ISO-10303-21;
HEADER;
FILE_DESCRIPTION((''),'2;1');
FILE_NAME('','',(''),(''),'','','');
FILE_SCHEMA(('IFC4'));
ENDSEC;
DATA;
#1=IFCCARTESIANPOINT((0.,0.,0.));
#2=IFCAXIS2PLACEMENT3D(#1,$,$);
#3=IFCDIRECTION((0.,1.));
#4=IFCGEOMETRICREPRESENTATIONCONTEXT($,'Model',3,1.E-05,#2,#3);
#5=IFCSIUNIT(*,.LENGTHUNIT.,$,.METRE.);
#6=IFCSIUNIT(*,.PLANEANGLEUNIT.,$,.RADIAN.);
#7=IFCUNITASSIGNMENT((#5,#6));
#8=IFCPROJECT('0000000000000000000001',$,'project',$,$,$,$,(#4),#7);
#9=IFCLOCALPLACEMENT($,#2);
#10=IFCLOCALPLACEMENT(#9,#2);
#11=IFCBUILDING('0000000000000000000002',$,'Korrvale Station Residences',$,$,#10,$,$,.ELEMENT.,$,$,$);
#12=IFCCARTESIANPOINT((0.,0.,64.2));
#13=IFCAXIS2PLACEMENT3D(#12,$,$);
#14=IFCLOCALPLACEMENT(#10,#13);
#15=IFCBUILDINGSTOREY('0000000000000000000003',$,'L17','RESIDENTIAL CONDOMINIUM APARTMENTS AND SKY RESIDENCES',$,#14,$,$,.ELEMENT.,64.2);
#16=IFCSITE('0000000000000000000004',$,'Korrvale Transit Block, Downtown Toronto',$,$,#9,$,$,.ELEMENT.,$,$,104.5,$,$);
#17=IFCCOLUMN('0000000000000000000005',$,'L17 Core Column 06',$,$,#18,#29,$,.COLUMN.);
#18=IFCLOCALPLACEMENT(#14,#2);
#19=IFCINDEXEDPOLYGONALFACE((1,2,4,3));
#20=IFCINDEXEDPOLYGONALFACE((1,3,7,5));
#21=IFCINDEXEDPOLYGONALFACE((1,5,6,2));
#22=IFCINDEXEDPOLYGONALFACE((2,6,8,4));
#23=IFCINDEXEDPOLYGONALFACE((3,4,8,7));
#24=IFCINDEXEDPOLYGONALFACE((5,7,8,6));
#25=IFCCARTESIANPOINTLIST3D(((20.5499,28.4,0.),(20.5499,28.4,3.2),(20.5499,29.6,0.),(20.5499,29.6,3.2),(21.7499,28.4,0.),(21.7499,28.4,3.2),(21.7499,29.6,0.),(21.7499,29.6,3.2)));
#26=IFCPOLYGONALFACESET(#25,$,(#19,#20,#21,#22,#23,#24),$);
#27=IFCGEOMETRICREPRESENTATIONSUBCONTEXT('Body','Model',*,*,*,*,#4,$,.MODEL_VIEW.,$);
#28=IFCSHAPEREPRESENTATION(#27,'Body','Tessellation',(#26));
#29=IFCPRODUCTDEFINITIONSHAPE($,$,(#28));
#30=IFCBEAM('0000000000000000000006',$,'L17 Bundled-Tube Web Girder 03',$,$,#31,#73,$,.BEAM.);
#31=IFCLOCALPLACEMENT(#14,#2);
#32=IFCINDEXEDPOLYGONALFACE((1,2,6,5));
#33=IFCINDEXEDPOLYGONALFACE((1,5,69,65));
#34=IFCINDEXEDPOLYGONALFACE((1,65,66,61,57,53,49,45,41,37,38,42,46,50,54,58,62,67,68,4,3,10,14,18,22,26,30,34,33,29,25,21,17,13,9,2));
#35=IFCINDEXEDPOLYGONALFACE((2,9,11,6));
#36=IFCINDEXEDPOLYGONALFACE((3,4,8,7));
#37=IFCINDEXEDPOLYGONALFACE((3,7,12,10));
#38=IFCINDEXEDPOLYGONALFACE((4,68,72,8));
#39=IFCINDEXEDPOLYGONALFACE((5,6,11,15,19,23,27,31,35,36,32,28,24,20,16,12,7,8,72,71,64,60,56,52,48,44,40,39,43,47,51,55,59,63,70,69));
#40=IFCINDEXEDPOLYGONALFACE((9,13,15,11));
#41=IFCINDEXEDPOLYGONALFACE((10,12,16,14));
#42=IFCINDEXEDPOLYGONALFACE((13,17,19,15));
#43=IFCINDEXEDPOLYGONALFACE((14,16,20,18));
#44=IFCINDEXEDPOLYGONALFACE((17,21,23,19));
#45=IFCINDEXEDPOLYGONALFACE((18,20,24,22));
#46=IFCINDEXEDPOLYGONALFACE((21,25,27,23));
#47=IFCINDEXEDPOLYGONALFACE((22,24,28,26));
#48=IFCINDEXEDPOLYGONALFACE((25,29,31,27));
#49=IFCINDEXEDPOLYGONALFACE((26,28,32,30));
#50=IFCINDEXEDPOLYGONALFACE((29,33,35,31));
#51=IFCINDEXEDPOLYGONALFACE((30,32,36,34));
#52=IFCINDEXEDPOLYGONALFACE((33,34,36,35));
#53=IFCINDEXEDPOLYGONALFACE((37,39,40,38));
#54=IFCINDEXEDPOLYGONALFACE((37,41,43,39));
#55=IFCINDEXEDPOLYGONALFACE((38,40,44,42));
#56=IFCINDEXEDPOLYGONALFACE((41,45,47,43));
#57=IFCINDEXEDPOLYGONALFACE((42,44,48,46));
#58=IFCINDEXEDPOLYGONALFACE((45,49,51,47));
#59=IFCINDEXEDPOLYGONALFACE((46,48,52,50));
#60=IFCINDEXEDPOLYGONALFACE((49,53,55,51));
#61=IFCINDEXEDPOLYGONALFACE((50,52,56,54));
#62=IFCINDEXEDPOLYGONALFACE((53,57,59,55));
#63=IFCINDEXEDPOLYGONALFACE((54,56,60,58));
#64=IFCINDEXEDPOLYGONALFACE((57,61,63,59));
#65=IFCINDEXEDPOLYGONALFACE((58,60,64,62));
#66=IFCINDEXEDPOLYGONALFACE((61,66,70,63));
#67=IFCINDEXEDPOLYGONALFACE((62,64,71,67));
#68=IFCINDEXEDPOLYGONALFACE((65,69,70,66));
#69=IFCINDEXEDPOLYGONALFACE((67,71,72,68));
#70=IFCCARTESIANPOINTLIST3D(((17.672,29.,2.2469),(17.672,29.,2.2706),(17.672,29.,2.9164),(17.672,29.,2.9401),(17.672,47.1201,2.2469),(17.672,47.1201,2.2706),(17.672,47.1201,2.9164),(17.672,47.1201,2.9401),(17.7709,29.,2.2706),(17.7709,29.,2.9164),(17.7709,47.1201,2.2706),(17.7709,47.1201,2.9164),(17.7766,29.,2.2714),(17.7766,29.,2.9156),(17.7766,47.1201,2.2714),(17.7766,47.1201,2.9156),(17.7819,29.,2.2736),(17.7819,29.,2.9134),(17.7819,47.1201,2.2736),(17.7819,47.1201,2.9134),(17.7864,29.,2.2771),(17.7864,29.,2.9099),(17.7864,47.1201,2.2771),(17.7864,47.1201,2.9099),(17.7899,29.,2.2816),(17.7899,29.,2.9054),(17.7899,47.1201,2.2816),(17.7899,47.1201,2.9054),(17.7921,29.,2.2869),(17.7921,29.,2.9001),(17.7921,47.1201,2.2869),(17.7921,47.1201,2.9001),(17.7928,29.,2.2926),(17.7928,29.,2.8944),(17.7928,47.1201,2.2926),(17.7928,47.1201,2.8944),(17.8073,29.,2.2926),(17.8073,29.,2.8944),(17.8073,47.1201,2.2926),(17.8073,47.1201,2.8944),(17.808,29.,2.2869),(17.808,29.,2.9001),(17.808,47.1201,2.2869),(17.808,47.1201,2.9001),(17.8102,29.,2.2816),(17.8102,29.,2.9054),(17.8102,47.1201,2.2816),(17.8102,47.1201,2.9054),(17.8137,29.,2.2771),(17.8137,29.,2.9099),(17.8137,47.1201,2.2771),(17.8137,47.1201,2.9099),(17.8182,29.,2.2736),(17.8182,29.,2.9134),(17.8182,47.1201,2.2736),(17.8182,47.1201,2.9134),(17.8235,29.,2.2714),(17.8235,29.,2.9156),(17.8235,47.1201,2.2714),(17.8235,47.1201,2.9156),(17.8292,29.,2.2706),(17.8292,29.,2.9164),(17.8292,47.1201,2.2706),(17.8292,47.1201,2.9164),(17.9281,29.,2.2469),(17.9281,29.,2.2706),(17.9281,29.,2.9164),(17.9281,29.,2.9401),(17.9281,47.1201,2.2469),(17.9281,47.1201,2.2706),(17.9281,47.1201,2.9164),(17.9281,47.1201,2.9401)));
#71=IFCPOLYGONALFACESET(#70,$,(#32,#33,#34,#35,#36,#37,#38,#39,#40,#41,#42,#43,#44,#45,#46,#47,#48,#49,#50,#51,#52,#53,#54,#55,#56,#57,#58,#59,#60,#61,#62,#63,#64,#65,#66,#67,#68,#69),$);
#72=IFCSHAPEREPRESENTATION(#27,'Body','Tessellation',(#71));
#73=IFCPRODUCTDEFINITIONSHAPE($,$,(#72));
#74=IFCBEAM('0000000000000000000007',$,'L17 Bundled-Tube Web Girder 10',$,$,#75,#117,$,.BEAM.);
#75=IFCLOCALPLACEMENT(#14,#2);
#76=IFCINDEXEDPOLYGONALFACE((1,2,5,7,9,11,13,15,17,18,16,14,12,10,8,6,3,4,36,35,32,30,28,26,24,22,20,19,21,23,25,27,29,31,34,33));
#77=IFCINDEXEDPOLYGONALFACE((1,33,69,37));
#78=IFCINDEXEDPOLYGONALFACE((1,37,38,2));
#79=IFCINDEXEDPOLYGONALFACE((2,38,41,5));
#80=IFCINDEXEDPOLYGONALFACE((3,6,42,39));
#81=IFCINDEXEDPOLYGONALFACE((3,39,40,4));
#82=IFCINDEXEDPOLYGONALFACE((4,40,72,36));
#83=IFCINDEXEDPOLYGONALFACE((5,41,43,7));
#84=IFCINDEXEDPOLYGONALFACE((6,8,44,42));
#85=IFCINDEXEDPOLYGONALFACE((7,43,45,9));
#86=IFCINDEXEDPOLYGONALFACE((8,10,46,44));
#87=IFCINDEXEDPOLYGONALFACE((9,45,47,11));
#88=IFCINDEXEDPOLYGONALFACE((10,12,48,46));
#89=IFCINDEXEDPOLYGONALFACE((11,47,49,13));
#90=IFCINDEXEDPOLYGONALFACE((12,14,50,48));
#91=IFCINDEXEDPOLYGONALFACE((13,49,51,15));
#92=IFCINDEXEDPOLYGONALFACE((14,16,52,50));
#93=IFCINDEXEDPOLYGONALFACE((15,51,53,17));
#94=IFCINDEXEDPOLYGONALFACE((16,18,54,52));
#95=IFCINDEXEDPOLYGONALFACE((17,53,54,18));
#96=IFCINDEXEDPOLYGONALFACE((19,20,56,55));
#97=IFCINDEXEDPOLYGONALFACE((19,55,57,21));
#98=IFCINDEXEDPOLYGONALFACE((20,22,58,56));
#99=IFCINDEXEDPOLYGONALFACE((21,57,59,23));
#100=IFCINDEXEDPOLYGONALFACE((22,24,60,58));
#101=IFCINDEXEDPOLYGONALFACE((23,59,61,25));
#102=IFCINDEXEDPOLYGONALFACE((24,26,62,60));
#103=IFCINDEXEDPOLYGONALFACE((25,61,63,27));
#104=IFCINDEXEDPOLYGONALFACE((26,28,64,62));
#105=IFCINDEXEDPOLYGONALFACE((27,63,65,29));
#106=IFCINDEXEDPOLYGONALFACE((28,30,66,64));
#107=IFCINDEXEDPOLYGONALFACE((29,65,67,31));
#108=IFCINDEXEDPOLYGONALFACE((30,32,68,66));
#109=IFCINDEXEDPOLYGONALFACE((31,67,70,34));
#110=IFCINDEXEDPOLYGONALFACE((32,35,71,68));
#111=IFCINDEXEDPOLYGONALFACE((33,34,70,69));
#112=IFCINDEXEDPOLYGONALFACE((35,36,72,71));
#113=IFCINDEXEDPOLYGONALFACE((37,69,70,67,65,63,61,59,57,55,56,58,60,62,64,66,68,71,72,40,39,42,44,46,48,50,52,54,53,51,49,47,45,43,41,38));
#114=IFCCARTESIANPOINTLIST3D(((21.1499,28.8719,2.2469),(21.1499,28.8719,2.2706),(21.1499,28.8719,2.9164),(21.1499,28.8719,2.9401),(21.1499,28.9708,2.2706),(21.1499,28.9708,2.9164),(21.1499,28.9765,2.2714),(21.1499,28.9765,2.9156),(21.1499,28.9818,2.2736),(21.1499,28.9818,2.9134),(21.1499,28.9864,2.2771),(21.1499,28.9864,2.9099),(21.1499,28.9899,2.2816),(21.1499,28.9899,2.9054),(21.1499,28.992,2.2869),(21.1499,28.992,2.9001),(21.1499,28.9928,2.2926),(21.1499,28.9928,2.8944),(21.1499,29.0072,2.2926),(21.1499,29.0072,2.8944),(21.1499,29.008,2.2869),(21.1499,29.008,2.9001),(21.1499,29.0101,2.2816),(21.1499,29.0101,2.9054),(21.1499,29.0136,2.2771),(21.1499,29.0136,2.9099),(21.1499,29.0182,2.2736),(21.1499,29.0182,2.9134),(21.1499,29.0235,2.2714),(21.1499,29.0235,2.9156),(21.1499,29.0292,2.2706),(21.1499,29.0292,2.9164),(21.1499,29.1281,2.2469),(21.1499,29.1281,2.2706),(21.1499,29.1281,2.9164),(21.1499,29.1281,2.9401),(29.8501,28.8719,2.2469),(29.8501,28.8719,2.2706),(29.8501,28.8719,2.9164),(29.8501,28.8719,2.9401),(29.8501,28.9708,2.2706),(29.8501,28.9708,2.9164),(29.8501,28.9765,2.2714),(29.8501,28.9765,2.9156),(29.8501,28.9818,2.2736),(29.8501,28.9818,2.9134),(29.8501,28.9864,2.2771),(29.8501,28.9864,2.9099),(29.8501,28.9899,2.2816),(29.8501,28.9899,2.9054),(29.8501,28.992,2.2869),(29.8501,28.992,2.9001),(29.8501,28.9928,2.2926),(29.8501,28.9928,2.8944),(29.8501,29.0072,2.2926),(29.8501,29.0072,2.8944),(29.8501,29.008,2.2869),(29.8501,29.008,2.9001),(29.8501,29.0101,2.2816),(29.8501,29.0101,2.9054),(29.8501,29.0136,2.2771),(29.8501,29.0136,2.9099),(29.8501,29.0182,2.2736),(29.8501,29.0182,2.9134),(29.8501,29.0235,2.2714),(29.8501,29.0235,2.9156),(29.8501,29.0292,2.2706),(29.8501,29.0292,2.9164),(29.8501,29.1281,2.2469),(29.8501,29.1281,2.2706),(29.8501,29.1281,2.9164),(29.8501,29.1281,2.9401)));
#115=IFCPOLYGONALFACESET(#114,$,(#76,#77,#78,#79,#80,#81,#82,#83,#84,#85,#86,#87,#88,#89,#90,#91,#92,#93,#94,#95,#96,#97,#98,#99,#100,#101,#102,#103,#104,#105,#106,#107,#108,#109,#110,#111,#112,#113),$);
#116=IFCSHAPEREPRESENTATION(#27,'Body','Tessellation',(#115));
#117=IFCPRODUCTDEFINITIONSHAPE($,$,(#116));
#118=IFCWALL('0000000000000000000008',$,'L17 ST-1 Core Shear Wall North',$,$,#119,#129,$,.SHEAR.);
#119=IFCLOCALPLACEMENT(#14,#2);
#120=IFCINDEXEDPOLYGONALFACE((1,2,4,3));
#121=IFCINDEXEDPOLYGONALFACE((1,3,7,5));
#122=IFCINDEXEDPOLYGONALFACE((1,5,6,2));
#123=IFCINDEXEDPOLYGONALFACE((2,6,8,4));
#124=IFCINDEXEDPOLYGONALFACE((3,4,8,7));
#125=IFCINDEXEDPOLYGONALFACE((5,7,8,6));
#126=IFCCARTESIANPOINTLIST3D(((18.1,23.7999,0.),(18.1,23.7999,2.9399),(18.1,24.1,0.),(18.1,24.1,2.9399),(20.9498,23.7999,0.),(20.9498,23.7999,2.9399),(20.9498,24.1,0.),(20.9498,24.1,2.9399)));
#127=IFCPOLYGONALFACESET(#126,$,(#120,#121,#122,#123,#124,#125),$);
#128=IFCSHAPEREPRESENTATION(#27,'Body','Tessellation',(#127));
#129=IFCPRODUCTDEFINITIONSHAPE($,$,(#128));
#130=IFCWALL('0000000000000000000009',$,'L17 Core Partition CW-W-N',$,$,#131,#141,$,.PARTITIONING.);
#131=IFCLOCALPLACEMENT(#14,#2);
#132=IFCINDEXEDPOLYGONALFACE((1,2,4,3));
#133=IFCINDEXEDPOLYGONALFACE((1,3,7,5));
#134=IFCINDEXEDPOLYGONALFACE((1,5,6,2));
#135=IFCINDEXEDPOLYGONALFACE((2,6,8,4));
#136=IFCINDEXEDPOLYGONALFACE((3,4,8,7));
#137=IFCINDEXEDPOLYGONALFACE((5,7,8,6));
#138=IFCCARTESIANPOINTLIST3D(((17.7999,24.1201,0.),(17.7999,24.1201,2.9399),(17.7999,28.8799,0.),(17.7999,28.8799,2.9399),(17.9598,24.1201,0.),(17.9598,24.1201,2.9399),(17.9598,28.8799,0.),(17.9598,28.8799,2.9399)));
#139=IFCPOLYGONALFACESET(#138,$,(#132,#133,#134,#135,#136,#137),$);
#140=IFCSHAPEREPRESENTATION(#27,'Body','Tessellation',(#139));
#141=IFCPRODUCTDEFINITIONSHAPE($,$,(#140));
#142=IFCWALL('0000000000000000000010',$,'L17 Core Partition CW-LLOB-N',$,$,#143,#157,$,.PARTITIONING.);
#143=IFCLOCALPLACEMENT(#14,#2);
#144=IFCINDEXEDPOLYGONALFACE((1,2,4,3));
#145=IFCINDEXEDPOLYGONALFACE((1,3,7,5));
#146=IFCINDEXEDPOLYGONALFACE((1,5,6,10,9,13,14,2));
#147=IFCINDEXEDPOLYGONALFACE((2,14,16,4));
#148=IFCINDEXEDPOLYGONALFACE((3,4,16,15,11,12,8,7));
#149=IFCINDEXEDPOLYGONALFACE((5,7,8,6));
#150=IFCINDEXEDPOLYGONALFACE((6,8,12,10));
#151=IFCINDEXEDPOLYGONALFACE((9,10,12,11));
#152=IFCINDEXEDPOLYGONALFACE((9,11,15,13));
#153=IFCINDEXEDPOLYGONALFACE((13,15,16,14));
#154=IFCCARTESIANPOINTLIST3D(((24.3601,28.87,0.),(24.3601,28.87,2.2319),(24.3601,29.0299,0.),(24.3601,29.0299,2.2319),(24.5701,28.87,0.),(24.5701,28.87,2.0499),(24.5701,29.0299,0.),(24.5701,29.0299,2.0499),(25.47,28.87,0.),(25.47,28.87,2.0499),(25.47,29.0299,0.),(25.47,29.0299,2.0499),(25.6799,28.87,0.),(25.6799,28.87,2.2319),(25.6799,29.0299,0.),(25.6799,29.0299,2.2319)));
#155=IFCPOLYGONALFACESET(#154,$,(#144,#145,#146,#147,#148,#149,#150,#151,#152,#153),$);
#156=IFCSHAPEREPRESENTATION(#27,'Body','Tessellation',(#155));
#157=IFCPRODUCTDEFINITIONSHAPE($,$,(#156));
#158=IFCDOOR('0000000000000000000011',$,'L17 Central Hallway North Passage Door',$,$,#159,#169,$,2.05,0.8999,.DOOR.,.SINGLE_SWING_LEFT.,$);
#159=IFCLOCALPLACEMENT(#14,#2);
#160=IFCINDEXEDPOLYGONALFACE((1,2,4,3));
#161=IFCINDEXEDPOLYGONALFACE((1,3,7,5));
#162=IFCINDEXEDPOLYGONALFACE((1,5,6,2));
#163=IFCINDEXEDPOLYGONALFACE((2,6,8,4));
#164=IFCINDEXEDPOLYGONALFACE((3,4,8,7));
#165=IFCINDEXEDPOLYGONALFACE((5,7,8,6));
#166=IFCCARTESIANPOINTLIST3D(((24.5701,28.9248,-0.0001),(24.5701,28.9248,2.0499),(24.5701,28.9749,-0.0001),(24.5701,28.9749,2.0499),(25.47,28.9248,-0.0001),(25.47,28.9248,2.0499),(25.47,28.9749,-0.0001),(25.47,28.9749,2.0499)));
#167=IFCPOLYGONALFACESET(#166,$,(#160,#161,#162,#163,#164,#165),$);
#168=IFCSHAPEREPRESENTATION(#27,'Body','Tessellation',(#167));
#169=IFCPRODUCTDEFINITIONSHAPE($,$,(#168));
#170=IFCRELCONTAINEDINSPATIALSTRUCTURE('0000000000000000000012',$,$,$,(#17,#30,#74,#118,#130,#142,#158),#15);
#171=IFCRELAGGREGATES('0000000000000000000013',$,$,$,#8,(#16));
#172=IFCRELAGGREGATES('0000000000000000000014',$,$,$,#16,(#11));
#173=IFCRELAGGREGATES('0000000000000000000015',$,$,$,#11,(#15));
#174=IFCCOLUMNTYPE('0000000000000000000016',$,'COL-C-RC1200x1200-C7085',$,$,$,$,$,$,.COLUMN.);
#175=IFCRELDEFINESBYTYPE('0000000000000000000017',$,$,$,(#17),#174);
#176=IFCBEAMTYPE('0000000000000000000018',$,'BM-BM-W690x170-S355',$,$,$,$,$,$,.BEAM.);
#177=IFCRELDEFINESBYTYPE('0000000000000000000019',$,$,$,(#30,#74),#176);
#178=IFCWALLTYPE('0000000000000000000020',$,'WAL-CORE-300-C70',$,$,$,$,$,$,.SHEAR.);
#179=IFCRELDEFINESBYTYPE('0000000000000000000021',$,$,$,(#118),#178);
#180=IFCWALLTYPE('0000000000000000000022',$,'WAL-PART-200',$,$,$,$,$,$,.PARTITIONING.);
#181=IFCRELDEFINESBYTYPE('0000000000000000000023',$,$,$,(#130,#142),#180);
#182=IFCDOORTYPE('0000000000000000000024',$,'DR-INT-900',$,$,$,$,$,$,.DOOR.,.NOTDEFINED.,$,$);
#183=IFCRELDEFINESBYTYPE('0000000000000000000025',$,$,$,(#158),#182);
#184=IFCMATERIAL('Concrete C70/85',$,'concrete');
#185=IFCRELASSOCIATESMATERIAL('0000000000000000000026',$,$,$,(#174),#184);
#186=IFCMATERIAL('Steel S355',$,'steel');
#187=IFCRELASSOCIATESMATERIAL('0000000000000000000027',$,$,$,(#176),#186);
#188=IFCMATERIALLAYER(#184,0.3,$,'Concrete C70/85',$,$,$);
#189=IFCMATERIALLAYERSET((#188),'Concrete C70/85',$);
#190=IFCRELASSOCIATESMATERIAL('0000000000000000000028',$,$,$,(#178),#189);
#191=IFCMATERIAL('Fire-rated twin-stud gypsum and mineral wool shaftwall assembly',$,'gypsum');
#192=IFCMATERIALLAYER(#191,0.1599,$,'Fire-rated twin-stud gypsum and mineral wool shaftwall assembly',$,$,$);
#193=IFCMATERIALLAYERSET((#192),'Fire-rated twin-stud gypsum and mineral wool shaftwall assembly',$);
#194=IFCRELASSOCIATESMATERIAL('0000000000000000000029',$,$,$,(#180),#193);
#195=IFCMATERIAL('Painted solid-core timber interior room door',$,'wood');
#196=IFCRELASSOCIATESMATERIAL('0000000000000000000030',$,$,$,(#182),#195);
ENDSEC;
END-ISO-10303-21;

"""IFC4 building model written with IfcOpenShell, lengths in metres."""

from ifc_helpers import new_model, si_unit, direction, frame, frame_2d, origin, origin_2d, place, context, subcontext, project, spatial, rectangle, i_section, extrude, material, layer, layer_set, material_profile, profile_set, type_object, element, fill, save


model = new_model("IFC4")

# Units and contexts
model_context = context("Model", 3, precision=1e-05, world=origin(), true_north=direction((0.0, 1.0)))
body_context = subcontext(model_context, "Body", "Model", "MODEL_VIEW")
ifc_project = project(units=[si_unit("LENGTHUNIT", "METRE"), si_unit("PLANEANGLEUNIT", "RADIAN")], contexts=[model_context])

# Site, building, storey
site_placement = place(None, origin())
site = spatial("IfcSite", under=ifc_project, at=site_placement, Name="Korrvale Transit Block, Downtown Toronto", CompositionType="ELEMENT", RefElevation=104.5)
building_placement = place(site_placement, origin())
building = spatial("IfcBuilding", under=site, at=building_placement, Name="Korrvale Station Residences", CompositionType="ELEMENT")
storey_placement = place(building_placement, frame((0.0, 0.0, 64.2)))
storey = spatial("IfcBuildingStorey", under=building, at=storey_placement, Name="L17", Description="RESIDENTIAL CONDOMINIUM APARTMENTS AND SKY RESIDENCES", CompositionType="ELEMENT", Elevation=64.2)

# Column
ifc_material_1 = material(Name="Concrete C70/85", Category="concrete")
ifc_material_profile_1 = material_profile(ifc_material_1, rectangle(XDim=1.2, YDim=1.2, at=origin_2d()), Name="RC1200x1200")
ifc_profile_set_1 = profile_set([ifc_material_profile_1], Name="Concrete C70/85")
column_type = type_object("IfcColumnType", Name="COL-C-RC1200x1200-C7085", PredefinedType="COLUMN", material=ifc_profile_set_1)
column_placement = place(storey_placement, frame((21.1499, 29.0, 0.0), z_axis=(0.0, 0.0, 1.0), x_axis=(1.0, 0.0, 0.0)))
element("IfcColumn", 1, at=column_placement, inside=storey, type_object=column_type, Name="L17 Core Column 06", PredefinedType="COLUMN", context=body_context, shape_type="SweptSolid", body=[
    extrude(rectangle(XDim=1.2, YDim=1.2, at=origin_2d()), origin(), (0.0, 0.0, 1.0), 3.2),
])

# Beams
ifc_material_2 = material(Name="Steel S355", Category="steel")
ifc_material_profile_2 = material_profile(ifc_material_2, i_section(OverallWidth=0.2561, OverallDepth=0.6931, WebThickness=0.0144, FlangeThickness=0.0237, FilletRadius=0.022, at=origin_2d()), Name="W690x170")
ifc_profile_set_2 = profile_set([ifc_material_profile_2], Name="Steel S355")
beam_type = type_object("IfcBeamType", Name="BM-BM-W690x170-S355", PredefinedType="BEAM", material=ifc_profile_set_2)
beam_1_placement = place(storey_placement, frame((17.8, 29.0, 2.5935), z_axis=(0.0, 1.0, 0.0), x_axis=(-1.0, 0.0, 0.0)))
element("IfcBeam", 2, at=beam_1_placement, inside=storey, type_object=beam_type, Name="L17 Bundled-Tube Web Girder 03", PredefinedType="BEAM", context=body_context, shape_type="SweptSolid", body=[
    extrude(i_section(OverallWidth=0.2561, OverallDepth=0.6931, WebThickness=0.0144, FlangeThickness=0.0237, FilletRadius=0.022, at=origin_2d()), origin(), (0.0, 0.0, 1.0), 18.1201),
])
beam_2_placement = place(storey_placement, frame((21.1499, 29.0, 2.5935), z_axis=(1.0, 0.0, 0.0), x_axis=(0.0, 1.0, 0.0)))
element("IfcBeam", 3, at=beam_2_placement, inside=storey, type_object=beam_type, Name="L17 Bundled-Tube Web Girder 10", PredefinedType="BEAM", context=body_context, shape_type="SweptSolid", body=[
    extrude(i_section(OverallWidth=0.2561, OverallDepth=0.6931, WebThickness=0.0144, FlangeThickness=0.0237, FilletRadius=0.022, at=origin_2d()), origin(), (0.0, 0.0, 1.0), 8.7002),
])

# Walls
ifc_layer_1 = layer(ifc_material_1, 0.3, Name="Concrete C70/85")
ifc_layer_set_1 = layer_set([ifc_layer_1], Name="Concrete C70/85")
wall_type_1 = type_object("IfcWallType", Name="WAL-CORE-300-C70", PredefinedType="SHEAR", material=ifc_layer_set_1)
wall_1_placement = place(storey_placement, frame((18.1001, 23.95, 0.0), z_axis=(0.0, 0.0, 1.0), x_axis=(1.0, 0.0, 0.0)))
element("IfcWall", 4, at=wall_1_placement, inside=storey, type_object=wall_type_1, Name="L17 ST-1 Core Shear Wall North", PredefinedType="SHEAR", context=body_context, shape_type="SweptSolid", body=[
    extrude(rectangle(XDim=2.8499, YDim=0.3, at=frame_2d((1.4248, 0.0))), origin(), (0.0, 0.0, 1.0), 2.9399),
])
ifc_material_3 = material(Name="Fire-rated twin-stud gypsum and mineral wool shaftwall assembly", Category="gypsum")
ifc_layer_2 = layer(ifc_material_3, 0.1599, Name="Fire-rated twin-stud gypsum and mineral wool shaftwall assembly")
ifc_layer_set_2 = layer_set([ifc_layer_2], Name="Fire-rated twin-stud gypsum and mineral wool shaftwall assembly")
wall_type_2 = type_object("IfcWallType", Name="WAL-PART-200", PredefinedType="PARTITIONING", material=ifc_layer_set_2)
wall_2_placement = place(storey_placement, frame((17.8799, 24.1201, 0.0), z_axis=(0.0, 0.0, 1.0), x_axis=(0.0, 1.0, 0.0)))
element("IfcWall", 5, at=wall_2_placement, inside=storey, type_object=wall_type_2, Name="L17 Core Partition CW-W-N", PredefinedType="PARTITIONING", context=body_context, shape_type="SweptSolid", body=[
    extrude(rectangle(XDim=4.7598, YDim=0.1599, at=frame_2d((2.3799, 0.0))), origin(), (0.0, 0.0, 1.0), 2.9399),
])

# Wall, opening, door
wall_3_placement = place(storey_placement, frame((24.3601, 28.95, 0.0), z_axis=(0.0, 0.0, 1.0), x_axis=(1.0, 0.0, 0.0)))
wall_3 = element("IfcWall", 6, at=wall_3_placement, inside=storey, type_object=wall_type_2, Name="L17 Core Partition CW-LLOB-N", PredefinedType="PARTITIONING", context=body_context, shape_type="SweptSolid", body=[
    extrude(rectangle(XDim=1.3198, YDim=0.1599, at=frame_2d((0.6599, 0.0))), origin(), (0.0, 0.0, 1.0), 2.2319),
])
opening_1_placement = place(wall_3_placement, frame((0.21, 0.0, 0.0)))
opening_1 = element("IfcOpeningElement", 7, at=opening_1_placement, cuts=wall_3, PredefinedType="OPENING", context=body_context, shape_type="SweptSolid", body=[
    extrude(rectangle(XDim=0.8999, YDim=2.05, at=frame_2d((0.45, 1.0249))), frame((0.0, 0.0898, 0.0), z_axis=(0.0, -1.0, 0.0), x_axis=(1.0, 0.0, 0.0)), (0.0, 0.0, 1.0), 0.1799),
])
ifc_material_4 = material(Name="Painted solid-core timber interior room door", Category="wood")
door_type_1 = type_object("IfcDoorType", Name="DR-INT-900", OperationType="NOTDEFINED", PredefinedType="DOOR", material=ifc_material_4)
door_1_placement = place(opening_1_placement, origin())
door_1 = element("IfcDoor", 8, at=door_1_placement, inside=storey, type_object=door_type_1, Name="L17 Central Hallway North Passage Door", OperationType="SINGLE_SWING_LEFT", OverallHeight=2.05, OverallWidth=0.8999, PredefinedType="DOOR", context=body_context, shape_type="SweptSolid", body=[
    extrude(rectangle(XDim=0.8999, YDim=2.05, at=frame_2d((0.45, 1.0249))), frame((0.0, 0.0249, 0.0), z_axis=(0.0, -1.0, 0.0), x_axis=(1.0, 0.0, 0.0)), (0.0, 0.0, 1.0), 0.05),
])
fill(opening_1, door_1)

save(model, "model.ifc")
